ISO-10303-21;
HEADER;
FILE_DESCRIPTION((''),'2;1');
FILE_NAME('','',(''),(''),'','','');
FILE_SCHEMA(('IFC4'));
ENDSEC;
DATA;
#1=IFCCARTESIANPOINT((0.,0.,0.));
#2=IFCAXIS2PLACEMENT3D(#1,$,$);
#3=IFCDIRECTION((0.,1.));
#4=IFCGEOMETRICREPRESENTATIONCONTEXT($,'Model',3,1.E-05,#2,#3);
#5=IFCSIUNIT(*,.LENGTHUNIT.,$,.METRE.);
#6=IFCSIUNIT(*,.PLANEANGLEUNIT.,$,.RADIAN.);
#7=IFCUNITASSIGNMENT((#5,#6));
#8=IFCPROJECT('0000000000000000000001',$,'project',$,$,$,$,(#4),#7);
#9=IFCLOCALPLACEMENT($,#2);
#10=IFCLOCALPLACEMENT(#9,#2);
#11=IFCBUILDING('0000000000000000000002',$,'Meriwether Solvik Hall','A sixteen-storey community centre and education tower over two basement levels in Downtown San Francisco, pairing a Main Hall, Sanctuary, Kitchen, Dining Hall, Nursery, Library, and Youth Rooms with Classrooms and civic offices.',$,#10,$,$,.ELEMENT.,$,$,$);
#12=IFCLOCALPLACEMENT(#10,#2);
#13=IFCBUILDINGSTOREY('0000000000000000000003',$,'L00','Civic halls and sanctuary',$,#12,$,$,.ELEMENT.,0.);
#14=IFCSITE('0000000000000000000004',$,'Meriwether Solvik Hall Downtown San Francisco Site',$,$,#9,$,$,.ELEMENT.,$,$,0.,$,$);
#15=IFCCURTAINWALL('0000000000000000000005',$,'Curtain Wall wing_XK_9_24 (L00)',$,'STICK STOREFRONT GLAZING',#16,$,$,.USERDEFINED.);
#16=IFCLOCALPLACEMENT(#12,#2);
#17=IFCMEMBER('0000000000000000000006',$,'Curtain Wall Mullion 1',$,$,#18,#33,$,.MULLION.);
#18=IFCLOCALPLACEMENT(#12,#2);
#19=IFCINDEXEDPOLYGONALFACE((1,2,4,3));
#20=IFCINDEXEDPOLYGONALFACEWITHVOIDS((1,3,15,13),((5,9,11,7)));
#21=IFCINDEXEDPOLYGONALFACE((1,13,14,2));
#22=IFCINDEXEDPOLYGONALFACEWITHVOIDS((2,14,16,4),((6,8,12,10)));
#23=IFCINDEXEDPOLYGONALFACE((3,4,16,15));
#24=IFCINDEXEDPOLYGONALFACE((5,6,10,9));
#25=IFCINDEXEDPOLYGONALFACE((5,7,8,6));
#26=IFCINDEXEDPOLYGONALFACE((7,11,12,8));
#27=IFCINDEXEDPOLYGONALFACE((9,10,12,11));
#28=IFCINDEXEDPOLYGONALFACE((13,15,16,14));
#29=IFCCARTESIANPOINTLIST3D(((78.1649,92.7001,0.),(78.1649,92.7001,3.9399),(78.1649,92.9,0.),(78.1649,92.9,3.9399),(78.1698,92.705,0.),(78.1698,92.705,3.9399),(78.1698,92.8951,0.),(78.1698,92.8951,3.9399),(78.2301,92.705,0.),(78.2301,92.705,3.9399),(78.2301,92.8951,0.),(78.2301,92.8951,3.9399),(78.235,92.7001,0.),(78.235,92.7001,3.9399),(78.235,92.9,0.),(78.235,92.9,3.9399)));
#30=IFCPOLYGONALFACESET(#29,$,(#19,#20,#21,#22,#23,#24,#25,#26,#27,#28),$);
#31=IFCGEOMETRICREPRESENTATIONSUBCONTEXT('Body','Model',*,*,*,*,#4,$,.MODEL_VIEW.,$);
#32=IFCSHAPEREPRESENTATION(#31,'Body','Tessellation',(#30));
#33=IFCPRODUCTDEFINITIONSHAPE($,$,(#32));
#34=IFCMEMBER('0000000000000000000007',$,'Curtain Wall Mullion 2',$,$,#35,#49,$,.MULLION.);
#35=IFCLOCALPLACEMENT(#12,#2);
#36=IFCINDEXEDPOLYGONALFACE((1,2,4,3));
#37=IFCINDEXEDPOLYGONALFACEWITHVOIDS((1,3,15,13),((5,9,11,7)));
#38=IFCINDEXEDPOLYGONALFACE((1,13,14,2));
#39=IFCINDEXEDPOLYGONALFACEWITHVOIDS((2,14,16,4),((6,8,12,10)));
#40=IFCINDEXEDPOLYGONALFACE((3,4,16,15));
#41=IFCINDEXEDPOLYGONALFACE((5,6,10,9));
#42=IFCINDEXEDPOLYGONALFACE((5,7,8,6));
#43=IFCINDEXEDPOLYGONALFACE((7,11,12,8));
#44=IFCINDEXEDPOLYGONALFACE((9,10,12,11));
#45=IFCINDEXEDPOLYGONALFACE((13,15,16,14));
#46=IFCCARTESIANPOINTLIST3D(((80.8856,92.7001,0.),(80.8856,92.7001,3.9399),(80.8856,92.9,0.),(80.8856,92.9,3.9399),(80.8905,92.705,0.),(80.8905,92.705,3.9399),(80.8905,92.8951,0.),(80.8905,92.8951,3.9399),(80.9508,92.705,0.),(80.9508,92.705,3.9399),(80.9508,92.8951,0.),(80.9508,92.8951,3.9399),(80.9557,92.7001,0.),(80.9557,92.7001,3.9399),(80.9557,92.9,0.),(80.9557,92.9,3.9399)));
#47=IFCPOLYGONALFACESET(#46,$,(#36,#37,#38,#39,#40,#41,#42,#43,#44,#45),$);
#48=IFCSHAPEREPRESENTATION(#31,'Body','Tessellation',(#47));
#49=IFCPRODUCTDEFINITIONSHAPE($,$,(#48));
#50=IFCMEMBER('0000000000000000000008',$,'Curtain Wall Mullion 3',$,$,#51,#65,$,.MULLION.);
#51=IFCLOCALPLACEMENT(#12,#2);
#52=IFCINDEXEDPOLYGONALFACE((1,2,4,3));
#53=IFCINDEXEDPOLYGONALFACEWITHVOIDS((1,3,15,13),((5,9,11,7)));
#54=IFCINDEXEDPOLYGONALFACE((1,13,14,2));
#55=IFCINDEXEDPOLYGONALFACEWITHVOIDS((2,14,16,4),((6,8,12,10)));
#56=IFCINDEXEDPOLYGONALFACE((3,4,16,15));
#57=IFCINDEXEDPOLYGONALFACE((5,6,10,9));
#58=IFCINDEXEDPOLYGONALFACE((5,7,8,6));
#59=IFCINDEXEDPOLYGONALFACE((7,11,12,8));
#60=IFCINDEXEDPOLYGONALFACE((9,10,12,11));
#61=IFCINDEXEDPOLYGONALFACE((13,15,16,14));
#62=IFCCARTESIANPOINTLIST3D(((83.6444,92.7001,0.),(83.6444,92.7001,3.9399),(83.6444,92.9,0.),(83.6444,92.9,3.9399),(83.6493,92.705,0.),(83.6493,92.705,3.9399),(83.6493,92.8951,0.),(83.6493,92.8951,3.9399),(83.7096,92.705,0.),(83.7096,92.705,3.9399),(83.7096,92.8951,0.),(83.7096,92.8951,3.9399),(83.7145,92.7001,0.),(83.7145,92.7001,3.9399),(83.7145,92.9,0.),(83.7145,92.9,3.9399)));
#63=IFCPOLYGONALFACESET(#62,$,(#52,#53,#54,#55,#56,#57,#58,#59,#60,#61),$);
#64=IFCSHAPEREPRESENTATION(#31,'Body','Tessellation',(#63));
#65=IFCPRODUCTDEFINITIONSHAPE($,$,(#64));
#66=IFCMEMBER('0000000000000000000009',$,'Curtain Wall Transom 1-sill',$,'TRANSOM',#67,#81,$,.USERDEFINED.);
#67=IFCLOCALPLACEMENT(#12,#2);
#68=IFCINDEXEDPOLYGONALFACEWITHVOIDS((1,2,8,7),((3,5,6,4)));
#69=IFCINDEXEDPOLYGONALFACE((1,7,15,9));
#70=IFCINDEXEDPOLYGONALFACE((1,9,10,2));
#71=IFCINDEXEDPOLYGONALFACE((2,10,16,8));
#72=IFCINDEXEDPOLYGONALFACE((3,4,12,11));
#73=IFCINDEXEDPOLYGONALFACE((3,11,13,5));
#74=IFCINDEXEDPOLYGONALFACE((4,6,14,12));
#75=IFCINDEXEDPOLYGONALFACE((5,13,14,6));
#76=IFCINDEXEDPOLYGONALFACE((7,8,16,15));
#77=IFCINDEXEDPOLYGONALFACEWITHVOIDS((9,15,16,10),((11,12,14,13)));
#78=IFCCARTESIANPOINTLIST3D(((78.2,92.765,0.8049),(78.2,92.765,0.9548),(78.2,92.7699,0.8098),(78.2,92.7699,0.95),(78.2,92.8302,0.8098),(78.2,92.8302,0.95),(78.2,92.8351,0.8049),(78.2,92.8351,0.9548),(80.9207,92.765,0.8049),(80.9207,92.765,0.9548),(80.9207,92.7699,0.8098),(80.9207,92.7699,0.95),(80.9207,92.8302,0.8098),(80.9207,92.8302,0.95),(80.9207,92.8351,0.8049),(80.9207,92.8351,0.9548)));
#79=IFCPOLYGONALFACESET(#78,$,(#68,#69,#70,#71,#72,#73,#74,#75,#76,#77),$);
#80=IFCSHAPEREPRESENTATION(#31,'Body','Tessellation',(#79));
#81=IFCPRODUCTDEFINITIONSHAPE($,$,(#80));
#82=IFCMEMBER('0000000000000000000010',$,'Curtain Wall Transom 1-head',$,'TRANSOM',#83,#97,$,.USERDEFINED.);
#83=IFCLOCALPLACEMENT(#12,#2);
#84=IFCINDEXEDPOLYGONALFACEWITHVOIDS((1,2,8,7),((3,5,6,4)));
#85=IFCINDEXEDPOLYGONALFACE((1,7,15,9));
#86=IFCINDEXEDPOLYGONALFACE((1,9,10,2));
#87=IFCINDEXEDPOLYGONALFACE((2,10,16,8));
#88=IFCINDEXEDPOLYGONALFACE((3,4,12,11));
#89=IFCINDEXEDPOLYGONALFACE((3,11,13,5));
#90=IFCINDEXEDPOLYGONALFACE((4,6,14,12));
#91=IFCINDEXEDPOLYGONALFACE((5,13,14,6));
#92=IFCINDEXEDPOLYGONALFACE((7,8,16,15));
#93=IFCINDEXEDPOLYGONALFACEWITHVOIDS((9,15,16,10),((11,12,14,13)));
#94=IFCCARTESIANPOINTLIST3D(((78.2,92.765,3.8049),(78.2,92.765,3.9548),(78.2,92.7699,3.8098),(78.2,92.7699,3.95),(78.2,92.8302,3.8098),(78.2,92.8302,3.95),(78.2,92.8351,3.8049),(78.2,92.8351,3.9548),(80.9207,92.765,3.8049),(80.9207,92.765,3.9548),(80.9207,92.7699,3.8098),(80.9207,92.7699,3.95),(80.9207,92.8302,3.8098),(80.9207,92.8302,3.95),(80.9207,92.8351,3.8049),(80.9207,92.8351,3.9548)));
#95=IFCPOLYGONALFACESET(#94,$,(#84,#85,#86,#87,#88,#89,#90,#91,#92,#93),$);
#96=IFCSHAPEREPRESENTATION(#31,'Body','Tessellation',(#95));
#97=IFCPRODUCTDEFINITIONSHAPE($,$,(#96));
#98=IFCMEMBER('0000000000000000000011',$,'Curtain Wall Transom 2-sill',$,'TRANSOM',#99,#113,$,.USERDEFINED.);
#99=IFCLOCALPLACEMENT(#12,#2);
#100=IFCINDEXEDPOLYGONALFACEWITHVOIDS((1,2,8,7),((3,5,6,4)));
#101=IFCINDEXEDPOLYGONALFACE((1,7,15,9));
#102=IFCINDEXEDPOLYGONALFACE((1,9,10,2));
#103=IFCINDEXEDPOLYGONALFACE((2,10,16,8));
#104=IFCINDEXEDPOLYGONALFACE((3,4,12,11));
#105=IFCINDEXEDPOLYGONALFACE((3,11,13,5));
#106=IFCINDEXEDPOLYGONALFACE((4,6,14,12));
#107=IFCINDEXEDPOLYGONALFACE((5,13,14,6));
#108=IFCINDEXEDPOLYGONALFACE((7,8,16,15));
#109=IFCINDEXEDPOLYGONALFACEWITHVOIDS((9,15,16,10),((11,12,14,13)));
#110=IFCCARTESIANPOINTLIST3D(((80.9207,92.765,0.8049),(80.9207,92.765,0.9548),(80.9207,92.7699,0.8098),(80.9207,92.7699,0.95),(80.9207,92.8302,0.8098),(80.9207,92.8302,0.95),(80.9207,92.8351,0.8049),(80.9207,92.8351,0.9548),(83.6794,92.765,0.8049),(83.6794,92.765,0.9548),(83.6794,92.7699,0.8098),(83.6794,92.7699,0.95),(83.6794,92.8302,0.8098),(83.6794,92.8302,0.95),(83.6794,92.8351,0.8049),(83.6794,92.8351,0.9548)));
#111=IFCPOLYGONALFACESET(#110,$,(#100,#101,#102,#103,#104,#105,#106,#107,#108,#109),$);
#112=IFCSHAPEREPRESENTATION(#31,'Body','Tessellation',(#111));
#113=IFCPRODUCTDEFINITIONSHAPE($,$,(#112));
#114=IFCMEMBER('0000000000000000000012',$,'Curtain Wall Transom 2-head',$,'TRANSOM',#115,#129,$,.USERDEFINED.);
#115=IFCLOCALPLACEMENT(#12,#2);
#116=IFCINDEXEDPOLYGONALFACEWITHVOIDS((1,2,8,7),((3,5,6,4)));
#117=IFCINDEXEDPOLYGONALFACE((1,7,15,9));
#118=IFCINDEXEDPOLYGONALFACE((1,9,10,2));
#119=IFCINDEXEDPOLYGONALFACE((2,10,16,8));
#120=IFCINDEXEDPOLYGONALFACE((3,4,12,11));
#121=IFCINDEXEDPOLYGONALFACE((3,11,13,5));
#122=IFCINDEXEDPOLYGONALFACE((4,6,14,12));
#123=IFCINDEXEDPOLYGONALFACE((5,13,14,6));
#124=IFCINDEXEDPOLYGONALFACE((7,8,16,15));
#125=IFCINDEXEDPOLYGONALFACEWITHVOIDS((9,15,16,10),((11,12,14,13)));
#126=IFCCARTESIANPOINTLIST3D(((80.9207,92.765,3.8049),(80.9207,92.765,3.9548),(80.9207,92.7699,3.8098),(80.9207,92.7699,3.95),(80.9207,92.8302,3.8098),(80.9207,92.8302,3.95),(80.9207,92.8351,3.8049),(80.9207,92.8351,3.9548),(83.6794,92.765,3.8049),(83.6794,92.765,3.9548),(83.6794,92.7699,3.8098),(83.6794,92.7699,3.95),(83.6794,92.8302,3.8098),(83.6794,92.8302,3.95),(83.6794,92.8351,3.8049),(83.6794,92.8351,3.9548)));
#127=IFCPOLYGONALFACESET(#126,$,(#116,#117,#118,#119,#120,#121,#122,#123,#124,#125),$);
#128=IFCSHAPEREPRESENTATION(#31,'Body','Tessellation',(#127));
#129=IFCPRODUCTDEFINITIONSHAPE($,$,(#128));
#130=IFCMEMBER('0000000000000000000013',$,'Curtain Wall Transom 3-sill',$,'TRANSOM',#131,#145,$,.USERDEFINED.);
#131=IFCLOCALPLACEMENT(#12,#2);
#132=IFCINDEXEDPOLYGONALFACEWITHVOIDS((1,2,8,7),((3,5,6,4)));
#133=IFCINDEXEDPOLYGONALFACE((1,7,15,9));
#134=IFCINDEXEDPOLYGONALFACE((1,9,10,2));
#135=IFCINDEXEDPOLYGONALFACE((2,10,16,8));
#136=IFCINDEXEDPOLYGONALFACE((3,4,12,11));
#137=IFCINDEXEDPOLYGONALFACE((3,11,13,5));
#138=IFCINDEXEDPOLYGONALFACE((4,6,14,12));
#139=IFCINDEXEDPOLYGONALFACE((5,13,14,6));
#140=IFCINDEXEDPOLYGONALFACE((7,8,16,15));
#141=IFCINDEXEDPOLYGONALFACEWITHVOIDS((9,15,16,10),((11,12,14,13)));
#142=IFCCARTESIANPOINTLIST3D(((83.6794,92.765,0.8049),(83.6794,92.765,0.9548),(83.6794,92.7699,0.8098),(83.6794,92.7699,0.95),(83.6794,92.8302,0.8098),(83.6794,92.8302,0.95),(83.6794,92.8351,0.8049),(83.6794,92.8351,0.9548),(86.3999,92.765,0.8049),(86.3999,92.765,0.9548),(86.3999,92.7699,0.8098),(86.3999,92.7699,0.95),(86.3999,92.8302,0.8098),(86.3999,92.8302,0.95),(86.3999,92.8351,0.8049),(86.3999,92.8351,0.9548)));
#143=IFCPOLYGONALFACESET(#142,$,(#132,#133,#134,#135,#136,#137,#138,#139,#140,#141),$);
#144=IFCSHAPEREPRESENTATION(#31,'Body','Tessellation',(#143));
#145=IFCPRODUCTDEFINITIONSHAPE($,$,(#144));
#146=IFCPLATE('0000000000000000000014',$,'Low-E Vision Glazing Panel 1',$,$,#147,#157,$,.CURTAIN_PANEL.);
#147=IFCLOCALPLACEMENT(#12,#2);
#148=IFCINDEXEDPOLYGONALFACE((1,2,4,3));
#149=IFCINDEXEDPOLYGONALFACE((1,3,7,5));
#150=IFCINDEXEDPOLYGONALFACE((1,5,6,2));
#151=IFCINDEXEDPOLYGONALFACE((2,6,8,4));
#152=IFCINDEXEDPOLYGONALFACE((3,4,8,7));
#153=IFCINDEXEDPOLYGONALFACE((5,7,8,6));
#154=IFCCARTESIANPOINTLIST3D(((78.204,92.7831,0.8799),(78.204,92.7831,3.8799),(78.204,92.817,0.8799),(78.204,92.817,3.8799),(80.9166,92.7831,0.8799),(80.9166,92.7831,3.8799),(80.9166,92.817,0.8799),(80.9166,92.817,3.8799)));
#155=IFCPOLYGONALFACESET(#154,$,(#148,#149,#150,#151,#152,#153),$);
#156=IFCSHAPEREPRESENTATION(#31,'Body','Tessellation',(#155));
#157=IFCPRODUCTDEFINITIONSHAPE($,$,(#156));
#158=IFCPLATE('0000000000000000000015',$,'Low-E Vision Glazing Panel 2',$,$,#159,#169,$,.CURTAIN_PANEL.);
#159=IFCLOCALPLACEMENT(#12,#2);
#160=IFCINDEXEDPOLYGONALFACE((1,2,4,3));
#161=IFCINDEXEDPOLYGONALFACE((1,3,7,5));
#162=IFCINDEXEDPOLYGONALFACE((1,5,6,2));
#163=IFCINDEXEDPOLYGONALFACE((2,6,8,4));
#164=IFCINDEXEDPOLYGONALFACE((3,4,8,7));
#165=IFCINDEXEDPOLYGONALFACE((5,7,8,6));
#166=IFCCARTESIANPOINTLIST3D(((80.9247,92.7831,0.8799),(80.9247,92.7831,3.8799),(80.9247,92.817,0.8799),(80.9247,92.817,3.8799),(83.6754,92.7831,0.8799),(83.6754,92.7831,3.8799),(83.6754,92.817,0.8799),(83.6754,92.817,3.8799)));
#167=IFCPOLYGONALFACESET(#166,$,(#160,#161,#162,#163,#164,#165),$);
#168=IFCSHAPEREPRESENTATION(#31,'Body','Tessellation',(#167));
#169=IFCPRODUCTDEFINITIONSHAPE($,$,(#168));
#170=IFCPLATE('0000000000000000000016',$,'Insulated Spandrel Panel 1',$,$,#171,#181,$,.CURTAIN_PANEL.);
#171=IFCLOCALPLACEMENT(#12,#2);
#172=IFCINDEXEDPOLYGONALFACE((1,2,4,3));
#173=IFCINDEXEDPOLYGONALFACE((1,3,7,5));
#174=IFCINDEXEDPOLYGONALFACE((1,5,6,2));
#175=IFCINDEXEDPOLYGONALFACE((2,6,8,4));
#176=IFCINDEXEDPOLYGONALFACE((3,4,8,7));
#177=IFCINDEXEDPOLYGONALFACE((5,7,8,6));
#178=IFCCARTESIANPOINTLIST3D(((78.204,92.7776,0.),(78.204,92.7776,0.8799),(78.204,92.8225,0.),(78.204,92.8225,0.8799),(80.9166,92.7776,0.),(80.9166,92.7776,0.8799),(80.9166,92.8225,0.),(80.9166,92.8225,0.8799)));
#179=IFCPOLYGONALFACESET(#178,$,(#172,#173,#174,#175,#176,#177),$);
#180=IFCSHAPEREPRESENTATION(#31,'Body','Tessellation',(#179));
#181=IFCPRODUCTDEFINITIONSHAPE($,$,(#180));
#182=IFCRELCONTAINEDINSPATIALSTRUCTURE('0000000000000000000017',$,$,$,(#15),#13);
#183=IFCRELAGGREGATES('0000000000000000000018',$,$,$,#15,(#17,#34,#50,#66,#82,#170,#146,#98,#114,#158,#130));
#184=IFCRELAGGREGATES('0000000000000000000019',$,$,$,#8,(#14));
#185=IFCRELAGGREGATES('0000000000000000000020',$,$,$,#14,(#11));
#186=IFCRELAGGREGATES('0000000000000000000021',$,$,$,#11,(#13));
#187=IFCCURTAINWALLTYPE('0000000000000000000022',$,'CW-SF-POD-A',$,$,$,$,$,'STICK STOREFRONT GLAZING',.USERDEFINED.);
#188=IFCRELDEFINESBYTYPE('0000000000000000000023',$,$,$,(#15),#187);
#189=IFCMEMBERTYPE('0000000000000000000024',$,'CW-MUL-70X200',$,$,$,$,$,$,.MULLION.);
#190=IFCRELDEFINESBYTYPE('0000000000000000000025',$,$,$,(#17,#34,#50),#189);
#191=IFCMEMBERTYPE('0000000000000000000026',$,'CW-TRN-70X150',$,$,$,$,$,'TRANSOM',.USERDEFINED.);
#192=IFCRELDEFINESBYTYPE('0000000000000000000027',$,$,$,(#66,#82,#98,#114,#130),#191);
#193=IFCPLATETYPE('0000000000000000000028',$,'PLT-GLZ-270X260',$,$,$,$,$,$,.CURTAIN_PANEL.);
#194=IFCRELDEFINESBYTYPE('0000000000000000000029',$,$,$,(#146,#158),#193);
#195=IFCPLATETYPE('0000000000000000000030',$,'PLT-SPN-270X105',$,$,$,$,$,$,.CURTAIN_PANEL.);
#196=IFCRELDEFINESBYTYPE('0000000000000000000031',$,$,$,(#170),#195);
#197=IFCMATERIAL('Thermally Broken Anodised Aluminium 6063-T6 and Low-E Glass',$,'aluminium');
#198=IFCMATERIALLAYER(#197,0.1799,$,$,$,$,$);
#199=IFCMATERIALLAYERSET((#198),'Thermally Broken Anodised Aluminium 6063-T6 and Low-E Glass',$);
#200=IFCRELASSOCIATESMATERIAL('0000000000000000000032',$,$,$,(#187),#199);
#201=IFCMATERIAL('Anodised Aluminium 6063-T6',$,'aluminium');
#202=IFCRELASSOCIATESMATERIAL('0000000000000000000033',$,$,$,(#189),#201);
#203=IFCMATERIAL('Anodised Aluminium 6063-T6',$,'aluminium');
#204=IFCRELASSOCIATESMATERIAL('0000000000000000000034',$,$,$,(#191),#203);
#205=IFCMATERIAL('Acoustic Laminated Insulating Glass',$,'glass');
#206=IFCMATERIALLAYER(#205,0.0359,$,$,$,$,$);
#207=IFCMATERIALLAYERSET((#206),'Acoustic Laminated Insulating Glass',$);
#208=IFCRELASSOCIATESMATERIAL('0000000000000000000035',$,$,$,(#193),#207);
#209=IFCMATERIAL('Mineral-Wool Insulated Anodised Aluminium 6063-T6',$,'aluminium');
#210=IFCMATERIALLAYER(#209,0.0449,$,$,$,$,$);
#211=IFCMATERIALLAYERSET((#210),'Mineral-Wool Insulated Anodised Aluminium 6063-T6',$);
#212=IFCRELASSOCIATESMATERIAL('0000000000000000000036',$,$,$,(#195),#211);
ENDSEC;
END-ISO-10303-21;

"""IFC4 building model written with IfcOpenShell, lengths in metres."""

from ifc_helpers import new_model, si_unit, direction, frame, origin, origin_2d, place, context, subcontext, project, spatial, rectangle, hollow_rectangle, extrude, material, layer, layer_set, material_profile, profile_set, type_object, element, aggregate, save


model = new_model("IFC4")

# Units and contexts
model_context = context("Model", 3, precision=1e-05, world=origin(), true_north=direction((0.0, 1.0)))
body_context = subcontext(model_context, "Body", "Model", "MODEL_VIEW")
ifc_project = project(units=[si_unit("LENGTHUNIT", "METRE"), si_unit("PLANEANGLEUNIT", "RADIAN")], contexts=[model_context])

# Site, building, storey
site_placement = place(None, origin())
site = spatial("IfcSite", under=ifc_project, at=site_placement, Name="Meriwether Solvik Hall Downtown San Francisco Site", CompositionType="ELEMENT", RefElevation=0.0)
building_placement = place(site_placement, origin())
building = spatial("IfcBuilding", under=site, at=building_placement, Name="Meriwether Solvik Hall", Description="A sixteen-storey community centre and education tower over two basement levels in Downtown San Francisco, pairing a Main Hall, Sanctuary, Kitchen, Dining Hall, Nursery, Library, and Youth Rooms with Classrooms and civic offices.", CompositionType="ELEMENT")
storey_placement = place(building_placement, origin())
storey = spatial("IfcBuildingStorey", under=building, at=storey_placement, Name="L00", Description="Civic halls and sanctuary", CompositionType="ELEMENT", Elevation=0.0)

# Curtain wall, members, plates
ifc_material_1 = material(Name="Thermally Broken Anodised Aluminium 6063-T6 and Low-E Glass", Category="aluminium")
ifc_layer_1 = layer(ifc_material_1, 0.1799)
ifc_layer_set_1 = layer_set([ifc_layer_1], Name="Thermally Broken Anodised Aluminium 6063-T6 and Low-E Glass")
curtain_wall_type = type_object("IfcCurtainWallType", Name="CW-SF-POD-A", ElementType="STICK STOREFRONT GLAZING", PredefinedType="USERDEFINED", material=ifc_layer_set_1)
curtain_wall_placement = place(storey_placement, origin())
curtain_wall = element("IfcCurtainWall", 1, at=curtain_wall_placement, inside=storey, type_object=curtain_wall_type, Name="Curtain Wall wing_XK_9_24 (L00)", ObjectType="STICK STOREFRONT GLAZING", PredefinedType="USERDEFINED")
ifc_material_2 = material(Name="Anodised Aluminium 6063-T6", Category="aluminium")
ifc_material_profile_1 = material_profile(ifc_material_2, hollow_rectangle(XDim=0.0701, YDim=0.2, WallThickness=0.0049, at=origin_2d()), Name="CWM-70X200")
ifc_profile_set_1 = profile_set([ifc_material_profile_1], Name="Anodised Aluminium 6063-T6")
member_type_1 = type_object("IfcMemberType", Name="CW-MUL-70X200", PredefinedType="MULLION", material=ifc_profile_set_1)
member_1_placement = place(storey_placement, frame((78.2, 92.8, 0.0), z_axis=(0.0, 0.0, 1.0), x_axis=(1.0, 0.0, 0.0)))
member_1 = element("IfcMember", 2, at=member_1_placement, type_object=member_type_1, Name="Curtain Wall Mullion 1", PredefinedType="MULLION", context=body_context, shape_type="SweptSolid", body=[
    extrude(hollow_rectangle(XDim=0.0701, YDim=0.2, WallThickness=0.0049, at=origin_2d()), origin(), (0.0, 0.0, 1.0), 3.9399),
])
member_2_placement = place(storey_placement, frame((80.9207, 92.8, 0.0), z_axis=(0.0, 0.0, 1.0), x_axis=(1.0, 0.0, 0.0)))
member_2 = element("IfcMember", 3, at=member_2_placement, type_object=member_type_1, Name="Curtain Wall Mullion 2", PredefinedType="MULLION", context=body_context, shape_type="SweptSolid", body=[
    extrude(hollow_rectangle(XDim=0.0701, YDim=0.2, WallThickness=0.0049, at=origin_2d()), origin(), (0.0, 0.0, 1.0), 3.9399),
])
member_3_placement = place(storey_placement, frame((83.6794, 92.8, 0.0), z_axis=(0.0, 0.0, 1.0), x_axis=(1.0, 0.0, 0.0)))
member_3 = element("IfcMember", 4, at=member_3_placement, type_object=member_type_1, Name="Curtain Wall Mullion 3", PredefinedType="MULLION", context=body_context, shape_type="SweptSolid", body=[
    extrude(hollow_rectangle(XDim=0.0701, YDim=0.2, WallThickness=0.0049, at=origin_2d()), origin(), (0.0, 0.0, 1.0), 3.9399),
])
ifc_material_3 = material(Name="Anodised Aluminium 6063-T6", Category="aluminium")
ifc_material_profile_2 = material_profile(ifc_material_3, hollow_rectangle(XDim=0.0701, YDim=0.1499, WallThickness=0.0049, at=origin_2d()), Name="CWT-70X150")
ifc_profile_set_2 = profile_set([ifc_material_profile_2], Name="Anodised Aluminium 6063-T6")
member_type_2 = type_object("IfcMemberType", Name="CW-TRN-70X150", ElementType="TRANSOM", PredefinedType="USERDEFINED", material=ifc_profile_set_2)
member_4_placement = place(storey_placement, frame((78.2, 92.8, 0.8799), z_axis=(1.0, 0.0, 0.0), x_axis=(0.0, 1.0, 0.0)))
member_4 = element("IfcMember", 5, at=member_4_placement, type_object=member_type_2, Name="Curtain Wall Transom 1-sill", ObjectType="TRANSOM", PredefinedType="USERDEFINED", context=body_context, shape_type="SweptSolid", body=[
    extrude(hollow_rectangle(XDim=0.0701, YDim=0.1499, WallThickness=0.0049, at=origin_2d()), origin(), (0.0, 0.0, 1.0), 2.7207),
])
member_5_placement = place(storey_placement, frame((78.2, 92.8, 3.8799), z_axis=(1.0, 0.0, 0.0), x_axis=(0.0, 1.0, 0.0)))
member_5 = element("IfcMember", 6, at=member_5_placement, type_object=member_type_2, Name="Curtain Wall Transom 1-head", ObjectType="TRANSOM", PredefinedType="USERDEFINED", context=body_context, shape_type="SweptSolid", body=[
    extrude(hollow_rectangle(XDim=0.0701, YDim=0.1499, WallThickness=0.0049, at=origin_2d()), origin(), (0.0, 0.0, 1.0), 2.7207),
])
member_6_placement = place(storey_placement, frame((80.9207, 92.8, 0.8799), z_axis=(1.0, 0.0, 0.0), x_axis=(0.0, 1.0, 0.0)))
member_6 = element("IfcMember", 7, at=member_6_placement, type_object=member_type_2, Name="Curtain Wall Transom 2-sill", ObjectType="TRANSOM", PredefinedType="USERDEFINED", context=body_context, shape_type="SweptSolid", body=[
    extrude(hollow_rectangle(XDim=0.0701, YDim=0.1499, WallThickness=0.0049, at=origin_2d()), origin(), (0.0, 0.0, 1.0), 2.7588),
])
member_7_placement = place(storey_placement, frame((80.9207, 92.8, 3.8799), z_axis=(1.0, 0.0, 0.0), x_axis=(0.0, 1.0, 0.0)))
member_7 = element("IfcMember", 8, at=member_7_placement, type_object=member_type_2, Name="Curtain Wall Transom 2-head", ObjectType="TRANSOM", PredefinedType="USERDEFINED", context=body_context, shape_type="SweptSolid", body=[
    extrude(hollow_rectangle(XDim=0.0701, YDim=0.1499, WallThickness=0.0049, at=origin_2d()), origin(), (0.0, 0.0, 1.0), 2.7588),
])
member_8_placement = place(storey_placement, frame((83.6794, 92.8, 0.8799), z_axis=(1.0, 0.0, 0.0), x_axis=(0.0, 1.0, 0.0)))
member_8 = element("IfcMember", 9, at=member_8_placement, type_object=member_type_2, Name="Curtain Wall Transom 3-sill", ObjectType="TRANSOM", PredefinedType="USERDEFINED", context=body_context, shape_type="SweptSolid", body=[
    extrude(hollow_rectangle(XDim=0.0701, YDim=0.1499, WallThickness=0.0049, at=origin_2d()), origin(), (0.0, 0.0, 1.0), 2.7205),
])
ifc_material_4 = material(Name="Acoustic Laminated Insulating Glass", Category="glass")
ifc_layer_2 = layer(ifc_material_4, 0.0359)
ifc_layer_set_2 = layer_set([ifc_layer_2], Name="Acoustic Laminated Insulating Glass")
plate_type_1 = type_object("IfcPlateType", Name="PLT-GLZ-270X260", PredefinedType="CURTAIN_PANEL", material=ifc_layer_set_2)
plate_1_placement = place(storey_placement, frame((79.5603, 92.8, 0.8799), z_axis=(0.0, 0.0, 1.0), x_axis=(1.0, 0.0, 0.0)))
plate_1 = element("IfcPlate", 10, at=plate_1_placement, type_object=plate_type_1, Name="Low-E Vision Glazing Panel 1", PredefinedType="CURTAIN_PANEL", context=body_context, shape_type="SweptSolid", body=[
    extrude(rectangle(XDim=2.7126, YDim=0.0339, at=origin_2d()), origin(), (0.0, 0.0, 1.0), 3.0),
])
plate_2_placement = place(storey_placement, frame((82.3, 92.8, 0.8799), z_axis=(0.0, 0.0, 1.0), x_axis=(1.0, 0.0, 0.0)))
plate_2 = element("IfcPlate", 11, at=plate_2_placement, type_object=plate_type_1, Name="Low-E Vision Glazing Panel 2", PredefinedType="CURTAIN_PANEL", context=body_context, shape_type="SweptSolid", body=[
    extrude(rectangle(XDim=2.7507, YDim=0.0339, at=origin_2d()), origin(), (0.0, 0.0, 1.0), 3.0),
])
ifc_material_5 = material(Name="Mineral-Wool Insulated Anodised Aluminium 6063-T6", Category="aluminium")
ifc_layer_3 = layer(ifc_material_5, 0.0449)
ifc_layer_set_3 = layer_set([ifc_layer_3], Name="Mineral-Wool Insulated Anodised Aluminium 6063-T6")
plate_type_2 = type_object("IfcPlateType", Name="PLT-SPN-270X105", PredefinedType="CURTAIN_PANEL", material=ifc_layer_set_3)
plate_3_placement = place(storey_placement, frame((79.5603, 92.8, 0.0), z_axis=(0.0, 0.0, 1.0), x_axis=(1.0, 0.0, 0.0)))
plate_3 = element("IfcPlate", 12, at=plate_3_placement, type_object=plate_type_2, Name="Insulated Spandrel Panel 1", PredefinedType="CURTAIN_PANEL", context=body_context, shape_type="SweptSolid", body=[
    extrude(rectangle(XDim=2.7126, YDim=0.0449, at=origin_2d()), origin(), (0.0, 0.0, 1.0), 0.8799),
])
aggregate(curtain_wall, [member_1, member_2, member_3, member_4, member_5, plate_3, plate_1, member_6, member_7, plate_2, member_8])

save(model, "model.ifc")
